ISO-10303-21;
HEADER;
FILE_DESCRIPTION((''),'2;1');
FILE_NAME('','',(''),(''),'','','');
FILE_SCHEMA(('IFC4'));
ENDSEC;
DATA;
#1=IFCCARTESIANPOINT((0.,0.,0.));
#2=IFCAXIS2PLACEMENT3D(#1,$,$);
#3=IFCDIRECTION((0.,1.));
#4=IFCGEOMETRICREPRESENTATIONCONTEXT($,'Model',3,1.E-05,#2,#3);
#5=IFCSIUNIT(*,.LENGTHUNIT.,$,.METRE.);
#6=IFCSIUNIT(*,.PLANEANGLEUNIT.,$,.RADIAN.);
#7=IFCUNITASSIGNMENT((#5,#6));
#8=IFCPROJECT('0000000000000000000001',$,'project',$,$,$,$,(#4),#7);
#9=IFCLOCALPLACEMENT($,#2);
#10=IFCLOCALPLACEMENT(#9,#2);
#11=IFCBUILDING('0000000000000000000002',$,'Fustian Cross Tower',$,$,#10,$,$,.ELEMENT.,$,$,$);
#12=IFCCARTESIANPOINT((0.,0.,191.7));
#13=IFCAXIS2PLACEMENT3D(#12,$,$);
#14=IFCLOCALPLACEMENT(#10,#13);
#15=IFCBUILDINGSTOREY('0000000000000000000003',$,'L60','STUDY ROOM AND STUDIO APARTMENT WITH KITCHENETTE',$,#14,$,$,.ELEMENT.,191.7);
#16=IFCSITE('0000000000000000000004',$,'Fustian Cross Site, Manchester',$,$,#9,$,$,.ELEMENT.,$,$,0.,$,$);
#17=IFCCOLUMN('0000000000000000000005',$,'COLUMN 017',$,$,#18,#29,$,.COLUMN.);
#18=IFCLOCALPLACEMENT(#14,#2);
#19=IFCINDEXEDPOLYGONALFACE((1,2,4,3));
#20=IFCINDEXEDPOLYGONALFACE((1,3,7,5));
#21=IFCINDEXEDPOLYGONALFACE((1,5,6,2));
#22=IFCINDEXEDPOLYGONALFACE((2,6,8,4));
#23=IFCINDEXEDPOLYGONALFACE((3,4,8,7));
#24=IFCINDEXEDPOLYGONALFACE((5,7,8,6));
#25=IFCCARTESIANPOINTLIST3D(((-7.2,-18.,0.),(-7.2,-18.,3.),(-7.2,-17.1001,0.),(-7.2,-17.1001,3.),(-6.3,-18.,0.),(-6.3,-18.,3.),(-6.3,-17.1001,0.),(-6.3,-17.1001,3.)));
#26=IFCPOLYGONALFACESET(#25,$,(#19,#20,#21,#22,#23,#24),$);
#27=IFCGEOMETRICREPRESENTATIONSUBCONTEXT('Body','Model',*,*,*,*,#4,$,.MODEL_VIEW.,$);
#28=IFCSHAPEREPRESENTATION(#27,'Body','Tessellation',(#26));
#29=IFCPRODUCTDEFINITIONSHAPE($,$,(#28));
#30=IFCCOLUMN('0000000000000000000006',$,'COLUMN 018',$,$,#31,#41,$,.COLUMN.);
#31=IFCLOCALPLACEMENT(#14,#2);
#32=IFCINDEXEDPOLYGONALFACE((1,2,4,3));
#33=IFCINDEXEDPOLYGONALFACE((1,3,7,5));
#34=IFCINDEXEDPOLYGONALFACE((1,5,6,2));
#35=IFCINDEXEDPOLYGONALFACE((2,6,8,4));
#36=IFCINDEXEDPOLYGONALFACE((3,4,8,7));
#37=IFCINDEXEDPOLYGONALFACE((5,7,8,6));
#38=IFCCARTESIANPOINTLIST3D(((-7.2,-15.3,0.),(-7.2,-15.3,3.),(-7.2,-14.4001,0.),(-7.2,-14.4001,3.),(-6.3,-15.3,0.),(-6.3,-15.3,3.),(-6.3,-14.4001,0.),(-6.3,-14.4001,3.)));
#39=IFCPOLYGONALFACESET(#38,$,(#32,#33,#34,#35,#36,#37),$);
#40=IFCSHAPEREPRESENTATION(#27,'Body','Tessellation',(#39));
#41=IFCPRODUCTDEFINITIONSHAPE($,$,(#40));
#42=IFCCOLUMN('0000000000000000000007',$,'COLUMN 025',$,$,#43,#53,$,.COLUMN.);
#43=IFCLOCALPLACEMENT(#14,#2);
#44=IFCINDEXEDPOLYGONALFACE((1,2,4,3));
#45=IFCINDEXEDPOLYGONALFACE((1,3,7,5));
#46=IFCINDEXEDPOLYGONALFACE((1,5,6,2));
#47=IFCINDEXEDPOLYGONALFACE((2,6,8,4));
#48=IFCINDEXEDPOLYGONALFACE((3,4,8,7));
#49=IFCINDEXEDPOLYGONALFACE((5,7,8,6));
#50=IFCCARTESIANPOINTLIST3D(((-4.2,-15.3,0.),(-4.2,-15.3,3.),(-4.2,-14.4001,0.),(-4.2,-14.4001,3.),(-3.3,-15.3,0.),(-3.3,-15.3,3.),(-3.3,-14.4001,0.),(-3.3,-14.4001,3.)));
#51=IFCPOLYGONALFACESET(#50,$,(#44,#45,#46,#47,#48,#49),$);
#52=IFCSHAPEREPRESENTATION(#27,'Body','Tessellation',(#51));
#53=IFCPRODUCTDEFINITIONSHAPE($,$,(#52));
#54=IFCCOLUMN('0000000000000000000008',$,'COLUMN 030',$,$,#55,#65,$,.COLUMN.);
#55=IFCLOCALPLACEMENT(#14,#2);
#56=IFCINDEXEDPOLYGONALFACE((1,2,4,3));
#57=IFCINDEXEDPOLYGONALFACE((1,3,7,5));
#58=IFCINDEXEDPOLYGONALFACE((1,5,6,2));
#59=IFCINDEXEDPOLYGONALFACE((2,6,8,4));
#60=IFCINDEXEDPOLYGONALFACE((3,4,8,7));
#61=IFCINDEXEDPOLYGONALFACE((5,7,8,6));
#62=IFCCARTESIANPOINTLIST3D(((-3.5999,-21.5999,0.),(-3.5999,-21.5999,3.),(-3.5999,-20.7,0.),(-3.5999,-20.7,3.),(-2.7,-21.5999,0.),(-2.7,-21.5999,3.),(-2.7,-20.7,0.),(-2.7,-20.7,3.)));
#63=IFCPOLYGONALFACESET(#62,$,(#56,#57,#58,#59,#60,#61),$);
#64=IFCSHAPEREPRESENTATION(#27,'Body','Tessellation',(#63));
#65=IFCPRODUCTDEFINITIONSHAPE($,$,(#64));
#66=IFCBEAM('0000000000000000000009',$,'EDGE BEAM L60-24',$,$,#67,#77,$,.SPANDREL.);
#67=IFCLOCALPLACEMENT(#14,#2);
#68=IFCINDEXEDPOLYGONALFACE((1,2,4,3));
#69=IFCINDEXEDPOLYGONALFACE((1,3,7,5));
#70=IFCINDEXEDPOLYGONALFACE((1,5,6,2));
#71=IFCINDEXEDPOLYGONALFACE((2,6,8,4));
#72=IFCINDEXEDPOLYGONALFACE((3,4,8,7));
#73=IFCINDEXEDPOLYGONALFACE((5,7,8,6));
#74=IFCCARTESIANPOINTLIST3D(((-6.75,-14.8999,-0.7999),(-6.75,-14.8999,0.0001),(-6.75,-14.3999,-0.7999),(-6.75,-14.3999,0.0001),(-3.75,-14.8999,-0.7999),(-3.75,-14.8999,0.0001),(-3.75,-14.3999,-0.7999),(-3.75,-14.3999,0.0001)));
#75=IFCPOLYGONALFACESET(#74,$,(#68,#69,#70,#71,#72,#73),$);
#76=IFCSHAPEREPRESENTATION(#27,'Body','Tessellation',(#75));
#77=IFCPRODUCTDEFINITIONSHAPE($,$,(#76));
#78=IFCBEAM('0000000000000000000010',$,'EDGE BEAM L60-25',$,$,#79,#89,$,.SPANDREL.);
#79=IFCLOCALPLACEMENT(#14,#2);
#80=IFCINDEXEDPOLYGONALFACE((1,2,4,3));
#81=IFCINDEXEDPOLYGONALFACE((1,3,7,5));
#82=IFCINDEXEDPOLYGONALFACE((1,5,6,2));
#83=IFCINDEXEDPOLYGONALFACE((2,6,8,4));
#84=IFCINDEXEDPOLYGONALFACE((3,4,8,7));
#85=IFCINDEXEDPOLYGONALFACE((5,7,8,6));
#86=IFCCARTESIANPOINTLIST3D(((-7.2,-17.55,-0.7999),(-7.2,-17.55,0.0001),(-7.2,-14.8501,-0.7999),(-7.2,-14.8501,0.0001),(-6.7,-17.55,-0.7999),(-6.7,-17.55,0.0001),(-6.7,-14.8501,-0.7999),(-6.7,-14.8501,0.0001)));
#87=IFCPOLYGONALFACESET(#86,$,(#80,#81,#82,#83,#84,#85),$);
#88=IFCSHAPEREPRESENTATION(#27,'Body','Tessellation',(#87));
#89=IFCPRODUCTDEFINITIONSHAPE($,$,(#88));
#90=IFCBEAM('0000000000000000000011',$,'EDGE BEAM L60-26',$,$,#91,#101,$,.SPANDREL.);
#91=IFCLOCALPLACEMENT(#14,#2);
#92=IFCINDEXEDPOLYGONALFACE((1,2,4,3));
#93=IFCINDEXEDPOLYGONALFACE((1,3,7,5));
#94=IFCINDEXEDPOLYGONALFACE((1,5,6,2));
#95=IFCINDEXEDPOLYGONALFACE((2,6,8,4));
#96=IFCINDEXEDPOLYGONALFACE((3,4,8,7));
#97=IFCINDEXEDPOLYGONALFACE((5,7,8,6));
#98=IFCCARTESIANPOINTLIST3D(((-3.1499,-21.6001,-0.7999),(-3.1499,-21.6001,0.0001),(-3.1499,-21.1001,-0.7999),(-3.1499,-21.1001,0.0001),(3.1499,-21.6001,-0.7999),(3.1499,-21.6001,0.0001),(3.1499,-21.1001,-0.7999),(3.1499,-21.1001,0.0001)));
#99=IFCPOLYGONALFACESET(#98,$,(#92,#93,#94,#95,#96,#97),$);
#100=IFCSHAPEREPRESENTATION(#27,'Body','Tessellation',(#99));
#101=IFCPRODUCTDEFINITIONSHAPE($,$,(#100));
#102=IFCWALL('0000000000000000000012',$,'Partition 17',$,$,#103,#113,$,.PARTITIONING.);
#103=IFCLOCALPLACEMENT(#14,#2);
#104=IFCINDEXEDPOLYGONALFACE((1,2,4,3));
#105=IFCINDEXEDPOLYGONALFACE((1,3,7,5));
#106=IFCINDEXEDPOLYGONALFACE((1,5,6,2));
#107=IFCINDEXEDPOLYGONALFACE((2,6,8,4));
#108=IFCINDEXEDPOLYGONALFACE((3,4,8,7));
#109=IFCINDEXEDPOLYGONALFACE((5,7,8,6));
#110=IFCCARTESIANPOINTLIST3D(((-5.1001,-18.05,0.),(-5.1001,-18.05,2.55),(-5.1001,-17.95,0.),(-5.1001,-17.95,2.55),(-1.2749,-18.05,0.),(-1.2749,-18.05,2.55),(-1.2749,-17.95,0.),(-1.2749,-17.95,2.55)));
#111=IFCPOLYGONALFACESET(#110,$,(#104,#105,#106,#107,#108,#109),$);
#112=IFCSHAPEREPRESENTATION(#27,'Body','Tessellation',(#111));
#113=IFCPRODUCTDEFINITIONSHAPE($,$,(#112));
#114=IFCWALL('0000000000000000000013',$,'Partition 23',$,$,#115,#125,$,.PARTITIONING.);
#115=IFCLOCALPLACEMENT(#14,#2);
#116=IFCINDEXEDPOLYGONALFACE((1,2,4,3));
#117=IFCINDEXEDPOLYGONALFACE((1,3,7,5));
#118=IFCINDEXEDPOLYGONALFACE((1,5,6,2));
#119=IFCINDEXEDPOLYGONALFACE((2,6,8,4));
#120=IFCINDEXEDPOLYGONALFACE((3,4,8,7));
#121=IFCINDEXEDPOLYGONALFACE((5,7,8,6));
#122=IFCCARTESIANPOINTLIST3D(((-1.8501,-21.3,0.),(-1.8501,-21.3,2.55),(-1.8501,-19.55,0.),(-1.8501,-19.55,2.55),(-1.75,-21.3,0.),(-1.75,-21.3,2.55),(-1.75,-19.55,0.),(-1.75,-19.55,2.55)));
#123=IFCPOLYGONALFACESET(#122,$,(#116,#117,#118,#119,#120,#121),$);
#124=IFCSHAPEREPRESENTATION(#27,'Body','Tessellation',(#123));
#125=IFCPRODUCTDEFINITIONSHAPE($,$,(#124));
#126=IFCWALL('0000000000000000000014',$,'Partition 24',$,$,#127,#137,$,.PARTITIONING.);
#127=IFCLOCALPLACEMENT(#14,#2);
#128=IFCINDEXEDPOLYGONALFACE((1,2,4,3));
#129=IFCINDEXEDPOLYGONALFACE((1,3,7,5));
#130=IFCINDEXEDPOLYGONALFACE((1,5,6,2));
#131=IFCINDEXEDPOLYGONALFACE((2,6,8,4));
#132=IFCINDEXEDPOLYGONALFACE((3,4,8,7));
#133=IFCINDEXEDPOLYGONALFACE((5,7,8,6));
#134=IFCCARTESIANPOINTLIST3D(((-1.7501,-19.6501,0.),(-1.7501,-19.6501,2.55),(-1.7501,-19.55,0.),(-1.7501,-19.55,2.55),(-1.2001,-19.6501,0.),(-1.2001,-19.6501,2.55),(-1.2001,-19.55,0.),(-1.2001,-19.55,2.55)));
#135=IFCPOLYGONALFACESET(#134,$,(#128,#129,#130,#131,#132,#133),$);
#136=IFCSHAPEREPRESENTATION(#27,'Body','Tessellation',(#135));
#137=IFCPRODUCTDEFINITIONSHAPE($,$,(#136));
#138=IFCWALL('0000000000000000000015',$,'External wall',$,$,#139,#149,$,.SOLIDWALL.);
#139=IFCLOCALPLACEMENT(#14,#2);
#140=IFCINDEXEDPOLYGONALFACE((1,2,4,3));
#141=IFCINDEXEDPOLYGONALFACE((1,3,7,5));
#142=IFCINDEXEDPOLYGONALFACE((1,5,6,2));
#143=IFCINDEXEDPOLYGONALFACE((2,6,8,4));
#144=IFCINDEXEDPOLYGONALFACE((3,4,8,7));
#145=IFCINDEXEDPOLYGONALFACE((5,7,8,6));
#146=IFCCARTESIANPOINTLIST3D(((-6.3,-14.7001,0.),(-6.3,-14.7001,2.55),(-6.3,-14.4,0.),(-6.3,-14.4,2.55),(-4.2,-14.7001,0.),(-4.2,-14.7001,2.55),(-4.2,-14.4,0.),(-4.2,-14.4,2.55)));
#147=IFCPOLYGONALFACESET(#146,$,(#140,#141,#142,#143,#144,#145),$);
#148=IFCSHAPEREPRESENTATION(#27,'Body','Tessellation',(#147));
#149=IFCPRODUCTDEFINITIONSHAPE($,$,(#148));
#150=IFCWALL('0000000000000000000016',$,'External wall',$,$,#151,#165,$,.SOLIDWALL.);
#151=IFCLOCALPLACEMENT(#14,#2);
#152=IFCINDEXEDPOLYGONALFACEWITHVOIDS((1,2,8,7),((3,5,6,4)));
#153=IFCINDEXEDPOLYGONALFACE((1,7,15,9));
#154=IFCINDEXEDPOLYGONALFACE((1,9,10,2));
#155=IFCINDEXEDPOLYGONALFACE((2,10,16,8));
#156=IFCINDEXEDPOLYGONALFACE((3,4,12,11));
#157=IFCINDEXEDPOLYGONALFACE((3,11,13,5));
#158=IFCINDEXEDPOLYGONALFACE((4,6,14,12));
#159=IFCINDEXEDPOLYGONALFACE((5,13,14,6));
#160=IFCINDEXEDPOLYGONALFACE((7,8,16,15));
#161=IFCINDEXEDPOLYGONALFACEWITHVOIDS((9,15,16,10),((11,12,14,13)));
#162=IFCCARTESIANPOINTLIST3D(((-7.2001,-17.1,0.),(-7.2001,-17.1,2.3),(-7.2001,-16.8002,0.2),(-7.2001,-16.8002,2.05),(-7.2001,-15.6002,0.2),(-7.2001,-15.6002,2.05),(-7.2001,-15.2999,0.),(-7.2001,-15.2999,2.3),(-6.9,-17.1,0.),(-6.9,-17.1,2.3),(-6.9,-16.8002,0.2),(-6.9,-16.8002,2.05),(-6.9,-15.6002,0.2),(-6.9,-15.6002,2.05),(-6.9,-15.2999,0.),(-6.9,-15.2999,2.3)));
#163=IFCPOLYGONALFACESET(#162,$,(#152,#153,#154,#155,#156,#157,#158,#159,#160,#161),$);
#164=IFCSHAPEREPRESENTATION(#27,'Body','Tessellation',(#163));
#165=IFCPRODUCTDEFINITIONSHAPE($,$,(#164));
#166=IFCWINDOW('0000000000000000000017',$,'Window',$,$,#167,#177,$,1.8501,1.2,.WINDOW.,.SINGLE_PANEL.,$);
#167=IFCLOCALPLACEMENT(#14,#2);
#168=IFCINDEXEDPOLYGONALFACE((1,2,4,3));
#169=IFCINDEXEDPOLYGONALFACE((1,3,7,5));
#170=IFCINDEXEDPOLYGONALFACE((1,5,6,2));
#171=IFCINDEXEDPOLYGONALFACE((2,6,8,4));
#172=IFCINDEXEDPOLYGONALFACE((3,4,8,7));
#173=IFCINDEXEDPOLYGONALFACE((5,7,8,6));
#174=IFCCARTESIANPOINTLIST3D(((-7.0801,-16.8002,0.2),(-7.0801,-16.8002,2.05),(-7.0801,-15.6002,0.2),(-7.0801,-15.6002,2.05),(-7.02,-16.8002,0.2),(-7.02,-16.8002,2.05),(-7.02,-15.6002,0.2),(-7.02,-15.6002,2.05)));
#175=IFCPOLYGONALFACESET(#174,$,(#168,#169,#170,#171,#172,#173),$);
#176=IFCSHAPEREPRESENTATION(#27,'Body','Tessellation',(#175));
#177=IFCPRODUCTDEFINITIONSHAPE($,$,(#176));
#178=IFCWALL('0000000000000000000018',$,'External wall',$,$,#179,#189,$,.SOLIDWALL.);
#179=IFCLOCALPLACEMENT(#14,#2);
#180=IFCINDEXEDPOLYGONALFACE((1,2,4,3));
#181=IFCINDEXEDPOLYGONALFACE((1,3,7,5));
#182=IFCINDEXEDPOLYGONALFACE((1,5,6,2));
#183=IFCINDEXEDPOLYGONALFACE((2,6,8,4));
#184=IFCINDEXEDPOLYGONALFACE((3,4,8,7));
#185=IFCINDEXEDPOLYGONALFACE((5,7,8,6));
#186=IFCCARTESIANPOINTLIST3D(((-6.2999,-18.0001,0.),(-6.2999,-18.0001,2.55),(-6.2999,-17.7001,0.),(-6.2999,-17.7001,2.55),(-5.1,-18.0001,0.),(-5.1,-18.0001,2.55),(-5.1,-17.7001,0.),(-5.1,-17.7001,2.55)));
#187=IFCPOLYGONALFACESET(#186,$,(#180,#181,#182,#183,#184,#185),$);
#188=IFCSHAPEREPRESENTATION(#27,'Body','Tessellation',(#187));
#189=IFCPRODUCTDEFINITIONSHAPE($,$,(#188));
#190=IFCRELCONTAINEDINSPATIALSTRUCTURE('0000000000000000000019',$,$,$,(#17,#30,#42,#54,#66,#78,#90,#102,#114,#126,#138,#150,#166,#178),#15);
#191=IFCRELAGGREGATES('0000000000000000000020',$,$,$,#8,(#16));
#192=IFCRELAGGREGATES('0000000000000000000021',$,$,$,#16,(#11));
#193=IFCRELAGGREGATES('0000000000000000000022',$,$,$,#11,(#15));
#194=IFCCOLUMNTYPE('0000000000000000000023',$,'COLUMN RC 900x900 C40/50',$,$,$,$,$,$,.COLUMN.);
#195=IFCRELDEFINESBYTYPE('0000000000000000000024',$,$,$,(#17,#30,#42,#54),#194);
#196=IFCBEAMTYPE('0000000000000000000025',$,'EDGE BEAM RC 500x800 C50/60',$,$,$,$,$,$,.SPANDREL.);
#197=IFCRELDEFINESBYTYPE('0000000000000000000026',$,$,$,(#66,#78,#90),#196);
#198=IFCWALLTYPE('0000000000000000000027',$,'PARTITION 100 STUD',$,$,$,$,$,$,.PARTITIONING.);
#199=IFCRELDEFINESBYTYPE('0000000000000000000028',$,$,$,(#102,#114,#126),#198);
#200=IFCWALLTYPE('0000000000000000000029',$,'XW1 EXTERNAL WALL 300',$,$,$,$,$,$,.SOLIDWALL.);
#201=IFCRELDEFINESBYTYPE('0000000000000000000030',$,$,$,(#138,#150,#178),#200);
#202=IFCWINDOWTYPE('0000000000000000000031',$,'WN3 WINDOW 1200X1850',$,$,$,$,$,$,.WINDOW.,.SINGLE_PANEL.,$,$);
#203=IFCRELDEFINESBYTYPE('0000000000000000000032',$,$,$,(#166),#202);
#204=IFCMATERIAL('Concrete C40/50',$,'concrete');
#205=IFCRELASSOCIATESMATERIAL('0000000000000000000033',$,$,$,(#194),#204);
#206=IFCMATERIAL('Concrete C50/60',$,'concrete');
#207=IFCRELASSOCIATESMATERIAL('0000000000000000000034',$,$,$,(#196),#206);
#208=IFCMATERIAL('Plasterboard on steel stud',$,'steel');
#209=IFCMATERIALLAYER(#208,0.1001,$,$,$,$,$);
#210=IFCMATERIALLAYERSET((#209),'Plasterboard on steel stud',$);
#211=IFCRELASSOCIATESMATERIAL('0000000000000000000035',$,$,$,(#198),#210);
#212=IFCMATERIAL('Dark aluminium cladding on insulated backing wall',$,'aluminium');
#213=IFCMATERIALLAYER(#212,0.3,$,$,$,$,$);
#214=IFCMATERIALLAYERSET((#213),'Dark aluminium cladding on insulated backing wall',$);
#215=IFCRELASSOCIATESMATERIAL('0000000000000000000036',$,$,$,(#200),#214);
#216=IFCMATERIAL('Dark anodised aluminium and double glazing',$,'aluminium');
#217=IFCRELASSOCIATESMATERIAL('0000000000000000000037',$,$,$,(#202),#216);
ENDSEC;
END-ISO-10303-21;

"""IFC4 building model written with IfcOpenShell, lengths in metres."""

from ifc_helpers import new_model, si_unit, direction, frame, frame_2d, origin, origin_2d, place, context, subcontext, project, spatial, rectangle, extrude, material, layer, layer_set, material_profile, profile_set, type_object, element, fill, save


model = new_model("IFC4")

# Units and contexts
model_context = context("Model", 3, precision=1e-05, world=origin(), true_north=direction((0.0, 1.0)))
body_context = subcontext(model_context, "Body", "Model", "MODEL_VIEW")
ifc_project = project(units=[si_unit("LENGTHUNIT", "METRE"), si_unit("PLANEANGLEUNIT", "RADIAN")], contexts=[model_context])

# Site, building, storey
site_placement = place(None, origin())
site = spatial("IfcSite", under=ifc_project, at=site_placement, Name="Fustian Cross Site, Manchester", CompositionType="ELEMENT", RefElevation=0.0)
building_placement = place(site_placement, origin())
building = spatial("IfcBuilding", under=site, at=building_placement, Name="Fustian Cross Tower", CompositionType="ELEMENT")
storey_placement = place(building_placement, frame((0.0, 0.0, 191.7)))
storey = spatial("IfcBuildingStorey", under=building, at=storey_placement, Name="L60", Description="STUDY ROOM AND STUDIO APARTMENT WITH KITCHENETTE", CompositionType="ELEMENT", Elevation=191.7)

# Columns
ifc_material_1 = material(Name="Concrete C40/50", Category="concrete")
ifc_material_profile_1 = material_profile(ifc_material_1, rectangle(XDim=0.8999, YDim=0.8999, at=origin_2d()), Name="RC 900x900")
ifc_profile_set_1 = profile_set([ifc_material_profile_1], Name="Concrete C40/50")
column_type = type_object("IfcColumnType", Name="COLUMN RC 900x900 C40/50", PredefinedType="COLUMN", material=ifc_profile_set_1)
for number, where, z_axis, x_axis, name in (
    (1, (-6.75, -17.55, 0.0), (0.0, 0.0, 1.0), (1.0, 0.0, 0.0), "COLUMN 017"),
    (2, (-6.75, -14.8501, 0.0), (0.0, 0.0, 1.0), (1.0, 0.0, 0.0), "COLUMN 018"),
    (3, (-3.75, -14.8501, 0.0), (0.0, 0.0, 1.0), (1.0, 0.0, 0.0), "COLUMN 025"),
    (4, (-3.1499, -21.1499, 0.0), (0.0, 0.0, 1.0), (1.0, 0.0, 0.0), "COLUMN 030"),
):
    element("IfcColumn", number, at=place(storey_placement, frame(where, z_axis=z_axis, x_axis=x_axis)), inside=storey, type_object=column_type, Name=name, PredefinedType="COLUMN", context=body_context, shape_type="SweptSolid", body=[
        extrude(rectangle(XDim=0.8999, YDim=0.8999, at=origin_2d()), origin(), (0.0, 0.0, 1.0), 3.0),
    ])

# Beams
ifc_material_2 = material(Name="Concrete C50/60", Category="concrete")
ifc_material_profile_2 = material_profile(ifc_material_2, rectangle(XDim=0.5, YDim=0.8, at=origin_2d()), Name="RC 500x800")
ifc_profile_set_2 = profile_set([ifc_material_profile_2], Name="Concrete C50/60")
beam_type = type_object("IfcBeamType", Name="EDGE BEAM RC 500x800 C50/60", PredefinedType="SPANDREL", material=ifc_profile_set_2)
beam_1_placement = place(storey_placement, frame((-3.75, -14.6499, -0.3999), z_axis=(-1.0, 0.0, 0.0), x_axis=(0.0, -1.0, 0.0)))
element("IfcBeam", 5, at=beam_1_placement, inside=storey, type_object=beam_type, Name="EDGE BEAM L60-24", PredefinedType="SPANDREL", context=body_context, shape_type="SweptSolid", body=[
    extrude(rectangle(XDim=0.5, YDim=0.8, at=origin_2d()), origin(), (0.0, 0.0, 1.0), 3.0),
])
beam_2_placement = place(storey_placement, frame((-6.95, -14.8501, -0.3999), z_axis=(0.0, -1.0, 0.0), x_axis=(1.0, 0.0, 0.0)))
element("IfcBeam", 6, at=beam_2_placement, inside=storey, type_object=beam_type, Name="EDGE BEAM L60-25", PredefinedType="SPANDREL", context=body_context, shape_type="SweptSolid", body=[
    extrude(rectangle(XDim=0.5, YDim=0.8, at=origin_2d()), origin(), (0.0, 0.0, 1.0), 2.7),
])
beam_3_placement = place(storey_placement, frame((-3.1499, -21.3501, -0.3999), z_axis=(1.0, 0.0, 0.0), x_axis=(0.0, 1.0, 0.0)))
element("IfcBeam", 7, at=beam_3_placement, inside=storey, type_object=beam_type, Name="EDGE BEAM L60-26", PredefinedType="SPANDREL", context=body_context, shape_type="SweptSolid", body=[
    extrude(rectangle(XDim=0.5, YDim=0.8, at=origin_2d()), origin(), (0.0, 0.0, 1.0), 6.2998),
])

# Walls
ifc_material_3 = material(Name="Plasterboard on steel stud", Category="steel")
ifc_layer_1 = layer(ifc_material_3, 0.1001)
ifc_layer_set_1 = layer_set([ifc_layer_1], Name="Plasterboard on steel stud")
wall_type_1 = type_object("IfcWallType", Name="PARTITION 100 STUD", PredefinedType="PARTITIONING", material=ifc_layer_set_1)
wall_1_placement = place(storey_placement, frame((-5.1001, -18.0, 0.0), z_axis=(0.0, 0.0, 1.0), x_axis=(1.0, 0.0, 0.0)))
element("IfcWall", 8, at=wall_1_placement, inside=storey, type_object=wall_type_1, Name="Partition 17", PredefinedType="PARTITIONING", context=body_context, shape_type="SweptSolid", body=[
    extrude(rectangle(XDim=3.8252, YDim=0.1001, at=frame_2d((1.9126, 0.0))), origin(), (0.0, 0.0, 1.0), 2.55),
])
wall_2_placement = place(storey_placement, frame((-1.8, -21.3, 0.0), z_axis=(0.0, 0.0, 1.0), x_axis=(0.0, 1.0, 0.0)))
element("IfcWall", 9, at=wall_2_placement, inside=storey, type_object=wall_type_1, Name="Partition 23", PredefinedType="PARTITIONING", context=body_context, shape_type="SweptSolid", body=[
    extrude(rectangle(XDim=1.75, YDim=0.1001, at=frame_2d((0.875, 0.0))), origin(), (0.0, 0.0, 1.0), 2.55),
])
wall_3_placement = place(storey_placement, frame((-1.75, -19.6001, 0.0), z_axis=(0.0, 0.0, 1.0), x_axis=(1.0, 0.0, 0.0)))
element("IfcWall", 10, at=wall_3_placement, inside=storey, type_object=wall_type_1, Name="Partition 24", PredefinedType="PARTITIONING", context=body_context, shape_type="SweptSolid", body=[
    extrude(rectangle(XDim=0.55, YDim=0.1001, at=frame_2d((0.2749, 0.0))), origin(), (0.0, 0.0, 1.0), 2.55),
])
ifc_material_4 = material(Name="Dark aluminium cladding on insulated backing wall", Category="aluminium")
ifc_layer_2 = layer(ifc_material_4, 0.3)
ifc_layer_set_2 = layer_set([ifc_layer_2], Name="Dark aluminium cladding on insulated backing wall")
wall_type_2 = type_object("IfcWallType", Name="XW1 EXTERNAL WALL 300", PredefinedType="SOLIDWALL", material=ifc_layer_set_2)
wall_4_placement = place(storey_placement, frame((-4.2, -14.55, 0.0), z_axis=(0.0, 0.0, 1.0), x_axis=(-1.0, 0.0, 0.0)))
element("IfcWall", 11, at=wall_4_placement, inside=storey, type_object=wall_type_2, Name="External wall", PredefinedType="SOLIDWALL", context=body_context, shape_type="SweptSolid", body=[
    extrude(rectangle(XDim=2.1001, YDim=0.3, at=frame_2d((1.05, 0.0))), origin(), (0.0, 0.0, 1.0), 2.55),
])

# Wall, opening, window
wall_5_placement = place(storey_placement, frame((-7.05, -15.3, 0.0), z_axis=(0.0, 0.0, 1.0), x_axis=(0.0, -1.0, 0.0)))
wall_5 = element("IfcWall", 12, at=wall_5_placement, inside=storey, type_object=wall_type_2, Name="External wall", PredefinedType="SOLIDWALL", context=body_context, shape_type="SweptSolid", body=[
    extrude(rectangle(XDim=1.8, YDim=0.3, at=frame_2d((0.8999, 0.0))), origin(), (0.0, 0.0, 1.0), 2.3),
])
opening_1_placement = place(wall_5_placement, frame((0.3, 0.0, 0.2)))
opening_1 = element("IfcOpeningElement", 13, at=opening_1_placement, cuts=wall_5, PredefinedType="OPENING", context=body_context, shape_type="SweptSolid", body=[
    extrude(rectangle(XDim=1.2, YDim=1.8501, at=frame_2d((0.6001, 0.925))), frame((0.0, 0.1599, 0.0), z_axis=(0.0, -1.0, 0.0), x_axis=(1.0, 0.0, 0.0)), (0.0, 0.0, 1.0), 0.3201),
])
ifc_material_5 = material(Name="Dark anodised aluminium and double glazing", Category="aluminium")
window_type_1 = type_object("IfcWindowType", Name="WN3 WINDOW 1200X1850", PartitioningType="SINGLE_PANEL", PredefinedType="WINDOW", material=ifc_material_5)
window_1_placement = place(opening_1_placement, origin())
window_1 = element("IfcWindow", 14, at=window_1_placement, inside=storey, type_object=window_type_1, Name="Window", OverallHeight=1.8501, OverallWidth=1.2, PartitioningType="SINGLE_PANEL", PredefinedType="WINDOW", context=body_context, shape_type="SweptSolid", body=[
    extrude(rectangle(XDim=1.2, YDim=1.8501, at=frame_2d((0.6001, 0.925))), frame((0.0, 0.03, 0.0), z_axis=(0.0, -1.0, 0.0), x_axis=(1.0, 0.0, 0.0)), (0.0, 0.0, 1.0), 0.0601),
])
fill(opening_1, window_1)

# Wall
wall_6_placement = place(storey_placement, frame((-6.3, -17.8501, 0.0), z_axis=(0.0, 0.0, 1.0), x_axis=(1.0, 0.0, 0.0)))
element("IfcWall", 15, at=wall_6_placement, inside=storey, type_object=wall_type_2, Name="External wall", PredefinedType="SOLIDWALL", context=body_context, shape_type="SweptSolid", body=[
    extrude(rectangle(XDim=1.2, YDim=0.3, at=frame_2d((0.6001, 0.0))), origin(), (0.0, 0.0, 1.0), 2.55),
])

save(model, "model.ifc")
